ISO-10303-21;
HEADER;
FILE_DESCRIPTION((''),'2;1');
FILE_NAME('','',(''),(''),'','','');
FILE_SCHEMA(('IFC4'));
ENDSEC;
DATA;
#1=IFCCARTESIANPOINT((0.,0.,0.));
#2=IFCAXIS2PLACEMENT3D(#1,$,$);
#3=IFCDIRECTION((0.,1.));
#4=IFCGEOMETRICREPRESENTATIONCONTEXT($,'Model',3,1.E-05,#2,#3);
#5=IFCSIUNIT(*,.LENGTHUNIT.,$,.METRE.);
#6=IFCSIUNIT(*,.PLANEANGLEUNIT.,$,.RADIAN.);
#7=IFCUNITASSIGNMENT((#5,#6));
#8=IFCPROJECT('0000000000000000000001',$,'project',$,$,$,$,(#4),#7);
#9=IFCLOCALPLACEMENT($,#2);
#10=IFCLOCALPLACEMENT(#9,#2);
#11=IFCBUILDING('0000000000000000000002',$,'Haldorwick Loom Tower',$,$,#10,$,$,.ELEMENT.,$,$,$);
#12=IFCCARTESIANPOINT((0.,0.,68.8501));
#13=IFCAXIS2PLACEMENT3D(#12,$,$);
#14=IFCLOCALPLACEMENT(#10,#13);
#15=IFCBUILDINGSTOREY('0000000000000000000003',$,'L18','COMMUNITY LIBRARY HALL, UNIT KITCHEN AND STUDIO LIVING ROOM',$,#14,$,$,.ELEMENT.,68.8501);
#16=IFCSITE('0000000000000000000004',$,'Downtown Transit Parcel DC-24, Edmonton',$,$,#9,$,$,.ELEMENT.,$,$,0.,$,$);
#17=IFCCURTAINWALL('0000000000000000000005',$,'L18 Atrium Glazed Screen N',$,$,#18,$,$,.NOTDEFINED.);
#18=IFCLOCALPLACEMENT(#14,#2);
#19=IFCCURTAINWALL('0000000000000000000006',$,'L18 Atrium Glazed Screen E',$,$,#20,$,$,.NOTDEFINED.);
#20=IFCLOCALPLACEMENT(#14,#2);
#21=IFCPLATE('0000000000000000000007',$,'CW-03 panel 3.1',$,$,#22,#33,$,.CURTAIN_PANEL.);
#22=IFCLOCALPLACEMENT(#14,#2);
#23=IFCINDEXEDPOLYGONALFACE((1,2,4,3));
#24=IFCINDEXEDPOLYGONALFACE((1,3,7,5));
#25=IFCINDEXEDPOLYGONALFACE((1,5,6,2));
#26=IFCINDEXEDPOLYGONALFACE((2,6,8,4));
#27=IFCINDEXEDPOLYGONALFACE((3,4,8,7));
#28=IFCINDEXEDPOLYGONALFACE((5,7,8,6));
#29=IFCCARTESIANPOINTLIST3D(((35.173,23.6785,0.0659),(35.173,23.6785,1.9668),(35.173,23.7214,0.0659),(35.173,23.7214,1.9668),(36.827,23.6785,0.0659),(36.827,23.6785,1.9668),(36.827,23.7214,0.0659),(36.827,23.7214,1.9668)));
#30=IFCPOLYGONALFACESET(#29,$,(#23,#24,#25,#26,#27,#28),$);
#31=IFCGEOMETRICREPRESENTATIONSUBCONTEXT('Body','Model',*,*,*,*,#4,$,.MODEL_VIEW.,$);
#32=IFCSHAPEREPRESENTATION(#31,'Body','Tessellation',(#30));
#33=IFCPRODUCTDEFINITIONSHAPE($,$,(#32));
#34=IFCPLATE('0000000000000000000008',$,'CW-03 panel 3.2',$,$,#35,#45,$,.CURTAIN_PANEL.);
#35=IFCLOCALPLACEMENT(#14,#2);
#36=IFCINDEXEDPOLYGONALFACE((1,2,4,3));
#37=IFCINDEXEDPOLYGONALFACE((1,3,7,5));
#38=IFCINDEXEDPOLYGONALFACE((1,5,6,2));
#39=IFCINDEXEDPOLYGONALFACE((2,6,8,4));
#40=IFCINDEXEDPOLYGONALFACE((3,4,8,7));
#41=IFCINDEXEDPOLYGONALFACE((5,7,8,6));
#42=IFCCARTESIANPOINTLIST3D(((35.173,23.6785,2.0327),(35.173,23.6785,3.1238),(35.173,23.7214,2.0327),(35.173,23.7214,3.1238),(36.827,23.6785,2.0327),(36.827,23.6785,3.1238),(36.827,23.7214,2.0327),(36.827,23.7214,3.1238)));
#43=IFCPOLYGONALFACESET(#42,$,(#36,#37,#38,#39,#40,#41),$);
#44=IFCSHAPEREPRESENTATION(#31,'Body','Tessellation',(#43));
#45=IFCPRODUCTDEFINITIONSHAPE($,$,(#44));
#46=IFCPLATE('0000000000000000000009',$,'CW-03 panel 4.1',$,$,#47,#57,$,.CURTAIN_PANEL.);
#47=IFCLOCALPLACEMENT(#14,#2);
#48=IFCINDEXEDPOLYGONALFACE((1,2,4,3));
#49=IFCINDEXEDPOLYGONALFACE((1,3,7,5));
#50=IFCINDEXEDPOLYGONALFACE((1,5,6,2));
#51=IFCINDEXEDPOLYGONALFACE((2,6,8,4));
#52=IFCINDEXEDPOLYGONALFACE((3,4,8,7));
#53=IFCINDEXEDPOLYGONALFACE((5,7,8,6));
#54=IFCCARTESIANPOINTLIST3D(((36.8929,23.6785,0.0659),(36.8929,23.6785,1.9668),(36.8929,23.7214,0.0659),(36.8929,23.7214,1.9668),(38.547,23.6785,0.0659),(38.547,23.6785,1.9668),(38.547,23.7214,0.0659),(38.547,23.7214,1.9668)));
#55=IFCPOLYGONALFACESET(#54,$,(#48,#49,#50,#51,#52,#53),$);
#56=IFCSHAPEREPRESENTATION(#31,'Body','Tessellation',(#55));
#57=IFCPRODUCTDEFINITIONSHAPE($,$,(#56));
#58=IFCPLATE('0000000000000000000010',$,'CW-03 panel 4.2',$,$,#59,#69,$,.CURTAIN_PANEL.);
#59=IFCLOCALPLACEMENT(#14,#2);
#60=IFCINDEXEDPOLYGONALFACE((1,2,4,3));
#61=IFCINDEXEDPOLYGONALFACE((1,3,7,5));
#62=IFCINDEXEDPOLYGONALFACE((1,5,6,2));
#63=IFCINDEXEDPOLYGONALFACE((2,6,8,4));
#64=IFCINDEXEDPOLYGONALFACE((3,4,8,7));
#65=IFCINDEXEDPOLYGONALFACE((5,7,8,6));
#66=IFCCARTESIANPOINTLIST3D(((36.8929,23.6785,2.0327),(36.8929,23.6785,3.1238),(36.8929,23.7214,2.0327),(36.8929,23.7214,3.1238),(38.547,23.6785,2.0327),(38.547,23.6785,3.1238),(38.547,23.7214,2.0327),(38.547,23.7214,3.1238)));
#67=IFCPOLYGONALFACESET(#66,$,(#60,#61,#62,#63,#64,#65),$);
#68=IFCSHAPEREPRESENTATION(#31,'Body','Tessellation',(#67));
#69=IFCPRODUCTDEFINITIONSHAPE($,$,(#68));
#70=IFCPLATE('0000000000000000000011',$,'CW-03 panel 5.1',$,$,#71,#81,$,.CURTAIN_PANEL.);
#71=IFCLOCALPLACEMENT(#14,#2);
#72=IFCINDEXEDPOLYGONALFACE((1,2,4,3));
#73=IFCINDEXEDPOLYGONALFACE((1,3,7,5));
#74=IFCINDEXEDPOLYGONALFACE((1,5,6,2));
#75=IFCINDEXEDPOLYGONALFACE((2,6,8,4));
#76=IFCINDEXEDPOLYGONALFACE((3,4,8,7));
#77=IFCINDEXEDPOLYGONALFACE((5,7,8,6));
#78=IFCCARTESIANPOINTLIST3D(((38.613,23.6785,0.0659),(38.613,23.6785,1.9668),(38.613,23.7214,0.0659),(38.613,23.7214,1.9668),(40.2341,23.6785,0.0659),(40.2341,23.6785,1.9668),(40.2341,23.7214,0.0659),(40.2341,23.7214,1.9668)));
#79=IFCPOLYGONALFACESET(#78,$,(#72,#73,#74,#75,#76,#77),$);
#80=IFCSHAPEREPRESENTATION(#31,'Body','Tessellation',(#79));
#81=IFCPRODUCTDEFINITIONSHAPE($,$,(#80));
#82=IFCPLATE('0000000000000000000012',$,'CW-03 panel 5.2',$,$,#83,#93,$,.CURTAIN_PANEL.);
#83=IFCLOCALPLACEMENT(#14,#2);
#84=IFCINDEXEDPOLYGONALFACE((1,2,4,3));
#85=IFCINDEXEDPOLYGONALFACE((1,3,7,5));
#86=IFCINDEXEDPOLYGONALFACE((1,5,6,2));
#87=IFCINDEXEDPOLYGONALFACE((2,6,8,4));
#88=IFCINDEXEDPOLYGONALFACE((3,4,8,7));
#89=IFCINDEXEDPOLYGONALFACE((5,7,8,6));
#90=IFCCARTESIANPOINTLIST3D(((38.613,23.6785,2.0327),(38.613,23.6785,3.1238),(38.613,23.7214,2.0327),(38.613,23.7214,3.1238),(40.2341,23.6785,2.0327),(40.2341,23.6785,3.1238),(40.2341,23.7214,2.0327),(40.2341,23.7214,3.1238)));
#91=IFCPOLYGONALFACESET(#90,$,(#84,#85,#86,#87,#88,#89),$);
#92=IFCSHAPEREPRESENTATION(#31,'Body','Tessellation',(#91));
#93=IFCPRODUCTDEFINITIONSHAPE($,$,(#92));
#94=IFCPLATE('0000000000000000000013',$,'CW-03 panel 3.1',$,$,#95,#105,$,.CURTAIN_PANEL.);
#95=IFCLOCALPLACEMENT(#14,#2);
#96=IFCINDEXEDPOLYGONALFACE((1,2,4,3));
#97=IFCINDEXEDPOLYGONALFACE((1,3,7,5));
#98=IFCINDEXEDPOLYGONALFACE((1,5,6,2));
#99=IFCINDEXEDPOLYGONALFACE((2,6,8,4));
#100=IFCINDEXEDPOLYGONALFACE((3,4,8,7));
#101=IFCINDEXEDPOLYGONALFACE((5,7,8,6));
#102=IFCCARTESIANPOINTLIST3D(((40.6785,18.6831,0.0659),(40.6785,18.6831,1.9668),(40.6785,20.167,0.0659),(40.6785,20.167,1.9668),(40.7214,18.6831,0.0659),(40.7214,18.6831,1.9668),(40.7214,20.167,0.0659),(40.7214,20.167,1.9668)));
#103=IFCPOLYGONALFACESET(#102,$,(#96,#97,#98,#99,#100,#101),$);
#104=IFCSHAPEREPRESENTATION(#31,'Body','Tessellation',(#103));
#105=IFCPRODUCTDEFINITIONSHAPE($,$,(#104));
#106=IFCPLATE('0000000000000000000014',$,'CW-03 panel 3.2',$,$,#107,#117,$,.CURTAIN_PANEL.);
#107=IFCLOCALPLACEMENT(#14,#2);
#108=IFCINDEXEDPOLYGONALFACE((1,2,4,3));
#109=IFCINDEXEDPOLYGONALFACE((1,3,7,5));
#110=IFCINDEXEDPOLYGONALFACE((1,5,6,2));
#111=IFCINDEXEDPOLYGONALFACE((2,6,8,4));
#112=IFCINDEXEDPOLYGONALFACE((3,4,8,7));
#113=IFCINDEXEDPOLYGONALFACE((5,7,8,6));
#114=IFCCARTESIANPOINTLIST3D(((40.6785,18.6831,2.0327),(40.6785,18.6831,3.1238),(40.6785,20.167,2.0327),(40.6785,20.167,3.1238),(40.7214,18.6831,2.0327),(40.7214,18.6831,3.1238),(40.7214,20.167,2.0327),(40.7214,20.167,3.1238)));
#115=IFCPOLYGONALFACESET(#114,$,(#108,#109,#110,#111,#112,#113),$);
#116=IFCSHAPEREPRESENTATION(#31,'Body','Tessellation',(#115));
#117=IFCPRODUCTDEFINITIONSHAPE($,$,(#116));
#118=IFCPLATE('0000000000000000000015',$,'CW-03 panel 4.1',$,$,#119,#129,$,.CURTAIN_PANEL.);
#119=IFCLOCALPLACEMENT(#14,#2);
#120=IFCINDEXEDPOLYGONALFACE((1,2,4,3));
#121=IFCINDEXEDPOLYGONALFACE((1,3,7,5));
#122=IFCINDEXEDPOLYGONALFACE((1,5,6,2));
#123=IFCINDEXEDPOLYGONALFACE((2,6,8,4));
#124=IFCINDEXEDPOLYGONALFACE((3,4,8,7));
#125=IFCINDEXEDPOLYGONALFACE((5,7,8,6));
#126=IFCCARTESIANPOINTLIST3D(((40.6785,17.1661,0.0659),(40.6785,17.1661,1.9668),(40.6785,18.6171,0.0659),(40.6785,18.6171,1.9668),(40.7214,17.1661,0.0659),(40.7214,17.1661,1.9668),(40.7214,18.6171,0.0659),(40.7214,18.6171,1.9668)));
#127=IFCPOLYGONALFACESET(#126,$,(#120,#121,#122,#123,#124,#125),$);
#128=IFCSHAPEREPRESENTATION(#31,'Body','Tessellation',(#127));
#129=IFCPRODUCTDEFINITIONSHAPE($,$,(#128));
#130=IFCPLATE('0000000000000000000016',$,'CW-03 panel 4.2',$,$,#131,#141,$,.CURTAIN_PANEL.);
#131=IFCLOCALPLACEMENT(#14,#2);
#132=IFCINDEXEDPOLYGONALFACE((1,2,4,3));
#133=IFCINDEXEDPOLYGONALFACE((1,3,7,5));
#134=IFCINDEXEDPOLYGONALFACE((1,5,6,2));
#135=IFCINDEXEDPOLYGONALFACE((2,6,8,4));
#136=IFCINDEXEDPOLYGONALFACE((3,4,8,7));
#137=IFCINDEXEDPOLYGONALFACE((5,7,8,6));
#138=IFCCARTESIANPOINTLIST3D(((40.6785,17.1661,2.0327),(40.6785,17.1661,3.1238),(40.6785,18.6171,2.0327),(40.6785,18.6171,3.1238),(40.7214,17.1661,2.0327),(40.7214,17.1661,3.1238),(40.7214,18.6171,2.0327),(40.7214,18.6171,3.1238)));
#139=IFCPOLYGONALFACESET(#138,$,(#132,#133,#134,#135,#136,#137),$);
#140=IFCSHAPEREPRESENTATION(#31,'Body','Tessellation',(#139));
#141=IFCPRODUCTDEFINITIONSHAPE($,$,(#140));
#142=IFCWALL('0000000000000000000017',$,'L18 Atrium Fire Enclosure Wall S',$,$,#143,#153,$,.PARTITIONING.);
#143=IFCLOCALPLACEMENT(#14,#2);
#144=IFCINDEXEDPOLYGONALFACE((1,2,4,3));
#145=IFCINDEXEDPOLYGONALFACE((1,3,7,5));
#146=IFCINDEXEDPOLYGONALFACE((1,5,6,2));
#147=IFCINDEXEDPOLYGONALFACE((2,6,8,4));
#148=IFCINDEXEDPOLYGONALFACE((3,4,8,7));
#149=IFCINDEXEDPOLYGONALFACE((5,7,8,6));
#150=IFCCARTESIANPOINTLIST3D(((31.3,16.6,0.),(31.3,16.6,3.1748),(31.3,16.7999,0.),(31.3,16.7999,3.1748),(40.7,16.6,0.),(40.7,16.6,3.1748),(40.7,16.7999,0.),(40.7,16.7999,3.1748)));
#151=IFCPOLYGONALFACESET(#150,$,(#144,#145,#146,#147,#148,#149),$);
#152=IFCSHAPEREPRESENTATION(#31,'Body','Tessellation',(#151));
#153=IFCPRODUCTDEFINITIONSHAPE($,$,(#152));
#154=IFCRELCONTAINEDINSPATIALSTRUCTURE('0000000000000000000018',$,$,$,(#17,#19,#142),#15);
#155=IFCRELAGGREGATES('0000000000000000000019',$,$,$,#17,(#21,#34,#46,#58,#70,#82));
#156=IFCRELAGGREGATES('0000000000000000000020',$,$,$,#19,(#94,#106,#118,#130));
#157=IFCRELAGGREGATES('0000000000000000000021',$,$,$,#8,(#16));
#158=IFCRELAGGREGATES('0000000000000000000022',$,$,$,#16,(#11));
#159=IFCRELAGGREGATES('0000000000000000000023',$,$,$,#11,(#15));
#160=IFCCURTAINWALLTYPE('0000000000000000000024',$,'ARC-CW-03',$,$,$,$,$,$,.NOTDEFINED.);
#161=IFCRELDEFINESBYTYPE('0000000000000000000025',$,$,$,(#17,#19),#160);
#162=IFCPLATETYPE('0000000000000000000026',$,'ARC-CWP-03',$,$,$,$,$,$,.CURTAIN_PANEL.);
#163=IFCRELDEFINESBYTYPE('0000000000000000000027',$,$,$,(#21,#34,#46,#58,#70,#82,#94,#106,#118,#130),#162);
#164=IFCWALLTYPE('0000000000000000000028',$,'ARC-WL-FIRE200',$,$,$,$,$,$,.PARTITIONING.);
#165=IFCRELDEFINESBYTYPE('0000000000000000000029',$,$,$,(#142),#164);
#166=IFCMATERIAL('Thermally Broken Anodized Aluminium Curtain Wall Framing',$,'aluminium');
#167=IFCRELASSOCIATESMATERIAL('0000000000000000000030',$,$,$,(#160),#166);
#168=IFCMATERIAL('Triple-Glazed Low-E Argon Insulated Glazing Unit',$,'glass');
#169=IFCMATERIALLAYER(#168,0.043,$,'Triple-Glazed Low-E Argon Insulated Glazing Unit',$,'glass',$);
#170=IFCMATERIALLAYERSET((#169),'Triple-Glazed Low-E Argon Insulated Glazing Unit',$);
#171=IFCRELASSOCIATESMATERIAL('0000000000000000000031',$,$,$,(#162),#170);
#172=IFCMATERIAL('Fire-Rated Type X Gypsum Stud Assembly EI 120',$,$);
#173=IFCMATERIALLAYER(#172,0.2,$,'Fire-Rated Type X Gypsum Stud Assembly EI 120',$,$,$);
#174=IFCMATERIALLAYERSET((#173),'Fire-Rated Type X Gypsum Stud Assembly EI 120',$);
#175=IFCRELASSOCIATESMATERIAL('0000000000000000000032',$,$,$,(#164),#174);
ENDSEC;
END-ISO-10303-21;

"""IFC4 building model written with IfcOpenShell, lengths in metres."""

from ifc_helpers import new_model, si_unit, direction, frame, frame_2d, origin, origin_2d, place, context, subcontext, project, spatial, rectangle, extrude, material, layer, layer_set, type_object, element, aggregate, save


model = new_model("IFC4")

# Units and contexts
model_context = context("Model", 3, precision=1e-05, world=origin(), true_north=direction((0.0, 1.0)))
body_context = subcontext(model_context, "Body", "Model", "MODEL_VIEW")
ifc_project = project(units=[si_unit("LENGTHUNIT", "METRE"), si_unit("PLANEANGLEUNIT", "RADIAN")], contexts=[model_context])

# Site, building, storey
site_placement = place(None, origin())
site = spatial("IfcSite", under=ifc_project, at=site_placement, Name="Downtown Transit Parcel DC-24, Edmonton", CompositionType="ELEMENT", RefElevation=0.0)
building_placement = place(site_placement, origin())
building = spatial("IfcBuilding", under=site, at=building_placement, Name="Haldorwick Loom Tower", CompositionType="ELEMENT")
storey_placement = place(building_placement, frame((0.0, 0.0, 68.8501)))
storey = spatial("IfcBuildingStorey", under=building, at=storey_placement, Name="L18", Description="COMMUNITY LIBRARY HALL, UNIT KITCHEN AND STUDIO LIVING ROOM", CompositionType="ELEMENT", Elevation=68.8501)

# Shared definitions
ifc_material_1 = material(Name="Thermally Broken Anodized Aluminium Curtain Wall Framing", Category="aluminium")
curtain_wall_type = type_object("IfcCurtainWallType", Name="ARC-CW-03", PredefinedType="NOTDEFINED", material=ifc_material_1)

# Curtain walls
curtain_wall_1_placement = place(storey_placement, origin())
curtain_wall_1 = element("IfcCurtainWall", 1, at=curtain_wall_1_placement, inside=storey, type_object=curtain_wall_type, Name="L18 Atrium Glazed Screen N", PredefinedType="NOTDEFINED")
curtain_wall_2_placement = place(storey_placement, origin())
curtain_wall_2 = element("IfcCurtainWall", 2, at=curtain_wall_2_placement, inside=storey, type_object=curtain_wall_type, Name="L18 Atrium Glazed Screen E", PredefinedType="NOTDEFINED")

# Plates
ifc_material_2 = material(Name="Triple-Glazed Low-E Argon Insulated Glazing Unit", Category="glass")
ifc_layer_1 = layer(ifc_material_2, 0.043, Name="Triple-Glazed Low-E Argon Insulated Glazing Unit", Category="glass")
ifc_layer_set_1 = layer_set([ifc_layer_1], Name="Triple-Glazed Low-E Argon Insulated Glazing Unit")
plate_type = type_object("IfcPlateType", Name="ARC-CWP-03", PredefinedType="CURTAIN_PANEL", material=ifc_layer_set_1)
plate_1_placement = place(storey_placement, frame((36.0, 23.7, 0.0659), z_axis=(0.0, 0.0, 1.0), x_axis=(1.0, 0.0, 0.0)))
plate_1 = element("IfcPlate", 3, at=plate_1_placement, type_object=plate_type, Name="CW-03 panel 3.1", PredefinedType="CURTAIN_PANEL", context=body_context, shape_type="SweptSolid", body=[
    extrude(rectangle(XDim=1.6541, YDim=0.043, at=origin_2d()), origin(), (0.0, 0.0, 1.0), 1.9009),
])
plate_2_placement = place(storey_placement, frame((36.0, 23.7, 2.0327), z_axis=(0.0, 0.0, 1.0), x_axis=(1.0, 0.0, 0.0)))
plate_2 = element("IfcPlate", 4, at=plate_2_placement, type_object=plate_type, Name="CW-03 panel 3.2", PredefinedType="CURTAIN_PANEL", context=body_context, shape_type="SweptSolid", body=[
    extrude(rectangle(XDim=1.6541, YDim=0.043, at=origin_2d()), origin(), (0.0, 0.0, 1.0), 1.0911),
])
plate_3_placement = place(storey_placement, frame((37.72, 23.7, 0.0659), z_axis=(0.0, 0.0, 1.0), x_axis=(1.0, 0.0, 0.0)))
plate_3 = element("IfcPlate", 5, at=plate_3_placement, type_object=plate_type, Name="CW-03 panel 4.1", PredefinedType="CURTAIN_PANEL", context=body_context, shape_type="SweptSolid", body=[
    extrude(rectangle(XDim=1.6541, YDim=0.043, at=origin_2d()), origin(), (0.0, 0.0, 1.0), 1.9009),
])
plate_4_placement = place(storey_placement, frame((37.72, 23.7, 2.0327), z_axis=(0.0, 0.0, 1.0), x_axis=(1.0, 0.0, 0.0)))
plate_4 = element("IfcPlate", 6, at=plate_4_placement, type_object=plate_type, Name="CW-03 panel 4.2", PredefinedType="CURTAIN_PANEL", context=body_context, shape_type="SweptSolid", body=[
    extrude(rectangle(XDim=1.6541, YDim=0.043, at=origin_2d()), origin(), (0.0, 0.0, 1.0), 1.0911),
])
plate_5_placement = place(storey_placement, frame((39.4236, 23.7, 0.0659), z_axis=(0.0, 0.0, 1.0), x_axis=(1.0, 0.0, 0.0)))
plate_5 = element("IfcPlate", 7, at=plate_5_placement, type_object=plate_type, Name="CW-03 panel 5.1", PredefinedType="CURTAIN_PANEL", context=body_context, shape_type="SweptSolid", body=[
    extrude(rectangle(XDim=1.6211, YDim=0.043, at=origin_2d()), origin(), (0.0, 0.0, 1.0), 1.9009),
])
plate_6_placement = place(storey_placement, frame((39.4236, 23.7, 2.0327), z_axis=(0.0, 0.0, 1.0), x_axis=(1.0, 0.0, 0.0)))
plate_6 = element("IfcPlate", 8, at=plate_6_placement, type_object=plate_type, Name="CW-03 panel 5.2", PredefinedType="CURTAIN_PANEL", context=body_context, shape_type="SweptSolid", body=[
    extrude(rectangle(XDim=1.6211, YDim=0.043, at=origin_2d()), origin(), (0.0, 0.0, 1.0), 1.0911),
])
aggregate(curtain_wall_1, [plate_1, plate_2, plate_3, plate_4, plate_5, plate_6])
plate_7_placement = place(storey_placement, frame((40.7, 19.425, 0.0659), z_axis=(0.0, 0.0, 1.0), x_axis=(0.0, -1.0, 0.0)))
plate_7 = element("IfcPlate", 9, at=plate_7_placement, type_object=plate_type, Name="CW-03 panel 3.1", PredefinedType="CURTAIN_PANEL", context=body_context, shape_type="SweptSolid", body=[
    extrude(rectangle(XDim=1.4839, YDim=0.043, at=origin_2d()), origin(), (0.0, 0.0, 1.0), 1.9009),
])
plate_8_placement = place(storey_placement, frame((40.7, 19.425, 2.0327), z_axis=(0.0, 0.0, 1.0), x_axis=(0.0, -1.0, 0.0)))
plate_8 = element("IfcPlate", 10, at=plate_8_placement, type_object=plate_type, Name="CW-03 panel 3.2", PredefinedType="CURTAIN_PANEL", context=body_context, shape_type="SweptSolid", body=[
    extrude(rectangle(XDim=1.4839, YDim=0.043, at=origin_2d()), origin(), (0.0, 0.0, 1.0), 1.0911),
])
plate_9_placement = place(storey_placement, frame((40.7, 17.8916, 0.0659), z_axis=(0.0, 0.0, 1.0), x_axis=(0.0, -1.0, 0.0)))
plate_9 = element("IfcPlate", 11, at=plate_9_placement, type_object=plate_type, Name="CW-03 panel 4.1", PredefinedType="CURTAIN_PANEL", context=body_context, shape_type="SweptSolid", body=[
    extrude(rectangle(XDim=1.4509, YDim=0.043, at=origin_2d()), origin(), (0.0, 0.0, 1.0), 1.9009),
])
plate_10_placement = place(storey_placement, frame((40.7, 17.8916, 2.0327), z_axis=(0.0, 0.0, 1.0), x_axis=(0.0, -1.0, 0.0)))
plate_10 = element("IfcPlate", 12, at=plate_10_placement, type_object=plate_type, Name="CW-03 panel 4.2", PredefinedType="CURTAIN_PANEL", context=body_context, shape_type="SweptSolid", body=[
    extrude(rectangle(XDim=1.4509, YDim=0.043, at=origin_2d()), origin(), (0.0, 0.0, 1.0), 1.0911),
])
aggregate(curtain_wall_2, [plate_7, plate_8, plate_9, plate_10])

# Wall
ifc_material_3 = material(Name="Fire-Rated Type X Gypsum Stud Assembly EI 120")
ifc_layer_2 = layer(ifc_material_3, 0.2, Name="Fire-Rated Type X Gypsum Stud Assembly EI 120")
ifc_layer_set_2 = layer_set([ifc_layer_2], Name="Fire-Rated Type X Gypsum Stud Assembly EI 120")
wall_type = type_object("IfcWallType", Name="ARC-WL-FIRE200", PredefinedType="PARTITIONING", material=ifc_layer_set_2)
wall_placement = place(storey_placement, frame((40.7, 16.7, 0.0), z_axis=(0.0, 0.0, 1.0), x_axis=(-1.0, 0.0, 0.0)))
element("IfcWall", 13, at=wall_placement, inside=storey, type_object=wall_type, Name="L18 Atrium Fire Enclosure Wall S", PredefinedType="PARTITIONING", context=body_context, shape_type="SweptSolid", body=[
    extrude(rectangle(XDim=9.3999, YDim=0.2, at=frame_2d((4.7, 0.0))), origin(), (0.0, 0.0, 1.0), 3.1748),
])

save(model, "model.ifc")
